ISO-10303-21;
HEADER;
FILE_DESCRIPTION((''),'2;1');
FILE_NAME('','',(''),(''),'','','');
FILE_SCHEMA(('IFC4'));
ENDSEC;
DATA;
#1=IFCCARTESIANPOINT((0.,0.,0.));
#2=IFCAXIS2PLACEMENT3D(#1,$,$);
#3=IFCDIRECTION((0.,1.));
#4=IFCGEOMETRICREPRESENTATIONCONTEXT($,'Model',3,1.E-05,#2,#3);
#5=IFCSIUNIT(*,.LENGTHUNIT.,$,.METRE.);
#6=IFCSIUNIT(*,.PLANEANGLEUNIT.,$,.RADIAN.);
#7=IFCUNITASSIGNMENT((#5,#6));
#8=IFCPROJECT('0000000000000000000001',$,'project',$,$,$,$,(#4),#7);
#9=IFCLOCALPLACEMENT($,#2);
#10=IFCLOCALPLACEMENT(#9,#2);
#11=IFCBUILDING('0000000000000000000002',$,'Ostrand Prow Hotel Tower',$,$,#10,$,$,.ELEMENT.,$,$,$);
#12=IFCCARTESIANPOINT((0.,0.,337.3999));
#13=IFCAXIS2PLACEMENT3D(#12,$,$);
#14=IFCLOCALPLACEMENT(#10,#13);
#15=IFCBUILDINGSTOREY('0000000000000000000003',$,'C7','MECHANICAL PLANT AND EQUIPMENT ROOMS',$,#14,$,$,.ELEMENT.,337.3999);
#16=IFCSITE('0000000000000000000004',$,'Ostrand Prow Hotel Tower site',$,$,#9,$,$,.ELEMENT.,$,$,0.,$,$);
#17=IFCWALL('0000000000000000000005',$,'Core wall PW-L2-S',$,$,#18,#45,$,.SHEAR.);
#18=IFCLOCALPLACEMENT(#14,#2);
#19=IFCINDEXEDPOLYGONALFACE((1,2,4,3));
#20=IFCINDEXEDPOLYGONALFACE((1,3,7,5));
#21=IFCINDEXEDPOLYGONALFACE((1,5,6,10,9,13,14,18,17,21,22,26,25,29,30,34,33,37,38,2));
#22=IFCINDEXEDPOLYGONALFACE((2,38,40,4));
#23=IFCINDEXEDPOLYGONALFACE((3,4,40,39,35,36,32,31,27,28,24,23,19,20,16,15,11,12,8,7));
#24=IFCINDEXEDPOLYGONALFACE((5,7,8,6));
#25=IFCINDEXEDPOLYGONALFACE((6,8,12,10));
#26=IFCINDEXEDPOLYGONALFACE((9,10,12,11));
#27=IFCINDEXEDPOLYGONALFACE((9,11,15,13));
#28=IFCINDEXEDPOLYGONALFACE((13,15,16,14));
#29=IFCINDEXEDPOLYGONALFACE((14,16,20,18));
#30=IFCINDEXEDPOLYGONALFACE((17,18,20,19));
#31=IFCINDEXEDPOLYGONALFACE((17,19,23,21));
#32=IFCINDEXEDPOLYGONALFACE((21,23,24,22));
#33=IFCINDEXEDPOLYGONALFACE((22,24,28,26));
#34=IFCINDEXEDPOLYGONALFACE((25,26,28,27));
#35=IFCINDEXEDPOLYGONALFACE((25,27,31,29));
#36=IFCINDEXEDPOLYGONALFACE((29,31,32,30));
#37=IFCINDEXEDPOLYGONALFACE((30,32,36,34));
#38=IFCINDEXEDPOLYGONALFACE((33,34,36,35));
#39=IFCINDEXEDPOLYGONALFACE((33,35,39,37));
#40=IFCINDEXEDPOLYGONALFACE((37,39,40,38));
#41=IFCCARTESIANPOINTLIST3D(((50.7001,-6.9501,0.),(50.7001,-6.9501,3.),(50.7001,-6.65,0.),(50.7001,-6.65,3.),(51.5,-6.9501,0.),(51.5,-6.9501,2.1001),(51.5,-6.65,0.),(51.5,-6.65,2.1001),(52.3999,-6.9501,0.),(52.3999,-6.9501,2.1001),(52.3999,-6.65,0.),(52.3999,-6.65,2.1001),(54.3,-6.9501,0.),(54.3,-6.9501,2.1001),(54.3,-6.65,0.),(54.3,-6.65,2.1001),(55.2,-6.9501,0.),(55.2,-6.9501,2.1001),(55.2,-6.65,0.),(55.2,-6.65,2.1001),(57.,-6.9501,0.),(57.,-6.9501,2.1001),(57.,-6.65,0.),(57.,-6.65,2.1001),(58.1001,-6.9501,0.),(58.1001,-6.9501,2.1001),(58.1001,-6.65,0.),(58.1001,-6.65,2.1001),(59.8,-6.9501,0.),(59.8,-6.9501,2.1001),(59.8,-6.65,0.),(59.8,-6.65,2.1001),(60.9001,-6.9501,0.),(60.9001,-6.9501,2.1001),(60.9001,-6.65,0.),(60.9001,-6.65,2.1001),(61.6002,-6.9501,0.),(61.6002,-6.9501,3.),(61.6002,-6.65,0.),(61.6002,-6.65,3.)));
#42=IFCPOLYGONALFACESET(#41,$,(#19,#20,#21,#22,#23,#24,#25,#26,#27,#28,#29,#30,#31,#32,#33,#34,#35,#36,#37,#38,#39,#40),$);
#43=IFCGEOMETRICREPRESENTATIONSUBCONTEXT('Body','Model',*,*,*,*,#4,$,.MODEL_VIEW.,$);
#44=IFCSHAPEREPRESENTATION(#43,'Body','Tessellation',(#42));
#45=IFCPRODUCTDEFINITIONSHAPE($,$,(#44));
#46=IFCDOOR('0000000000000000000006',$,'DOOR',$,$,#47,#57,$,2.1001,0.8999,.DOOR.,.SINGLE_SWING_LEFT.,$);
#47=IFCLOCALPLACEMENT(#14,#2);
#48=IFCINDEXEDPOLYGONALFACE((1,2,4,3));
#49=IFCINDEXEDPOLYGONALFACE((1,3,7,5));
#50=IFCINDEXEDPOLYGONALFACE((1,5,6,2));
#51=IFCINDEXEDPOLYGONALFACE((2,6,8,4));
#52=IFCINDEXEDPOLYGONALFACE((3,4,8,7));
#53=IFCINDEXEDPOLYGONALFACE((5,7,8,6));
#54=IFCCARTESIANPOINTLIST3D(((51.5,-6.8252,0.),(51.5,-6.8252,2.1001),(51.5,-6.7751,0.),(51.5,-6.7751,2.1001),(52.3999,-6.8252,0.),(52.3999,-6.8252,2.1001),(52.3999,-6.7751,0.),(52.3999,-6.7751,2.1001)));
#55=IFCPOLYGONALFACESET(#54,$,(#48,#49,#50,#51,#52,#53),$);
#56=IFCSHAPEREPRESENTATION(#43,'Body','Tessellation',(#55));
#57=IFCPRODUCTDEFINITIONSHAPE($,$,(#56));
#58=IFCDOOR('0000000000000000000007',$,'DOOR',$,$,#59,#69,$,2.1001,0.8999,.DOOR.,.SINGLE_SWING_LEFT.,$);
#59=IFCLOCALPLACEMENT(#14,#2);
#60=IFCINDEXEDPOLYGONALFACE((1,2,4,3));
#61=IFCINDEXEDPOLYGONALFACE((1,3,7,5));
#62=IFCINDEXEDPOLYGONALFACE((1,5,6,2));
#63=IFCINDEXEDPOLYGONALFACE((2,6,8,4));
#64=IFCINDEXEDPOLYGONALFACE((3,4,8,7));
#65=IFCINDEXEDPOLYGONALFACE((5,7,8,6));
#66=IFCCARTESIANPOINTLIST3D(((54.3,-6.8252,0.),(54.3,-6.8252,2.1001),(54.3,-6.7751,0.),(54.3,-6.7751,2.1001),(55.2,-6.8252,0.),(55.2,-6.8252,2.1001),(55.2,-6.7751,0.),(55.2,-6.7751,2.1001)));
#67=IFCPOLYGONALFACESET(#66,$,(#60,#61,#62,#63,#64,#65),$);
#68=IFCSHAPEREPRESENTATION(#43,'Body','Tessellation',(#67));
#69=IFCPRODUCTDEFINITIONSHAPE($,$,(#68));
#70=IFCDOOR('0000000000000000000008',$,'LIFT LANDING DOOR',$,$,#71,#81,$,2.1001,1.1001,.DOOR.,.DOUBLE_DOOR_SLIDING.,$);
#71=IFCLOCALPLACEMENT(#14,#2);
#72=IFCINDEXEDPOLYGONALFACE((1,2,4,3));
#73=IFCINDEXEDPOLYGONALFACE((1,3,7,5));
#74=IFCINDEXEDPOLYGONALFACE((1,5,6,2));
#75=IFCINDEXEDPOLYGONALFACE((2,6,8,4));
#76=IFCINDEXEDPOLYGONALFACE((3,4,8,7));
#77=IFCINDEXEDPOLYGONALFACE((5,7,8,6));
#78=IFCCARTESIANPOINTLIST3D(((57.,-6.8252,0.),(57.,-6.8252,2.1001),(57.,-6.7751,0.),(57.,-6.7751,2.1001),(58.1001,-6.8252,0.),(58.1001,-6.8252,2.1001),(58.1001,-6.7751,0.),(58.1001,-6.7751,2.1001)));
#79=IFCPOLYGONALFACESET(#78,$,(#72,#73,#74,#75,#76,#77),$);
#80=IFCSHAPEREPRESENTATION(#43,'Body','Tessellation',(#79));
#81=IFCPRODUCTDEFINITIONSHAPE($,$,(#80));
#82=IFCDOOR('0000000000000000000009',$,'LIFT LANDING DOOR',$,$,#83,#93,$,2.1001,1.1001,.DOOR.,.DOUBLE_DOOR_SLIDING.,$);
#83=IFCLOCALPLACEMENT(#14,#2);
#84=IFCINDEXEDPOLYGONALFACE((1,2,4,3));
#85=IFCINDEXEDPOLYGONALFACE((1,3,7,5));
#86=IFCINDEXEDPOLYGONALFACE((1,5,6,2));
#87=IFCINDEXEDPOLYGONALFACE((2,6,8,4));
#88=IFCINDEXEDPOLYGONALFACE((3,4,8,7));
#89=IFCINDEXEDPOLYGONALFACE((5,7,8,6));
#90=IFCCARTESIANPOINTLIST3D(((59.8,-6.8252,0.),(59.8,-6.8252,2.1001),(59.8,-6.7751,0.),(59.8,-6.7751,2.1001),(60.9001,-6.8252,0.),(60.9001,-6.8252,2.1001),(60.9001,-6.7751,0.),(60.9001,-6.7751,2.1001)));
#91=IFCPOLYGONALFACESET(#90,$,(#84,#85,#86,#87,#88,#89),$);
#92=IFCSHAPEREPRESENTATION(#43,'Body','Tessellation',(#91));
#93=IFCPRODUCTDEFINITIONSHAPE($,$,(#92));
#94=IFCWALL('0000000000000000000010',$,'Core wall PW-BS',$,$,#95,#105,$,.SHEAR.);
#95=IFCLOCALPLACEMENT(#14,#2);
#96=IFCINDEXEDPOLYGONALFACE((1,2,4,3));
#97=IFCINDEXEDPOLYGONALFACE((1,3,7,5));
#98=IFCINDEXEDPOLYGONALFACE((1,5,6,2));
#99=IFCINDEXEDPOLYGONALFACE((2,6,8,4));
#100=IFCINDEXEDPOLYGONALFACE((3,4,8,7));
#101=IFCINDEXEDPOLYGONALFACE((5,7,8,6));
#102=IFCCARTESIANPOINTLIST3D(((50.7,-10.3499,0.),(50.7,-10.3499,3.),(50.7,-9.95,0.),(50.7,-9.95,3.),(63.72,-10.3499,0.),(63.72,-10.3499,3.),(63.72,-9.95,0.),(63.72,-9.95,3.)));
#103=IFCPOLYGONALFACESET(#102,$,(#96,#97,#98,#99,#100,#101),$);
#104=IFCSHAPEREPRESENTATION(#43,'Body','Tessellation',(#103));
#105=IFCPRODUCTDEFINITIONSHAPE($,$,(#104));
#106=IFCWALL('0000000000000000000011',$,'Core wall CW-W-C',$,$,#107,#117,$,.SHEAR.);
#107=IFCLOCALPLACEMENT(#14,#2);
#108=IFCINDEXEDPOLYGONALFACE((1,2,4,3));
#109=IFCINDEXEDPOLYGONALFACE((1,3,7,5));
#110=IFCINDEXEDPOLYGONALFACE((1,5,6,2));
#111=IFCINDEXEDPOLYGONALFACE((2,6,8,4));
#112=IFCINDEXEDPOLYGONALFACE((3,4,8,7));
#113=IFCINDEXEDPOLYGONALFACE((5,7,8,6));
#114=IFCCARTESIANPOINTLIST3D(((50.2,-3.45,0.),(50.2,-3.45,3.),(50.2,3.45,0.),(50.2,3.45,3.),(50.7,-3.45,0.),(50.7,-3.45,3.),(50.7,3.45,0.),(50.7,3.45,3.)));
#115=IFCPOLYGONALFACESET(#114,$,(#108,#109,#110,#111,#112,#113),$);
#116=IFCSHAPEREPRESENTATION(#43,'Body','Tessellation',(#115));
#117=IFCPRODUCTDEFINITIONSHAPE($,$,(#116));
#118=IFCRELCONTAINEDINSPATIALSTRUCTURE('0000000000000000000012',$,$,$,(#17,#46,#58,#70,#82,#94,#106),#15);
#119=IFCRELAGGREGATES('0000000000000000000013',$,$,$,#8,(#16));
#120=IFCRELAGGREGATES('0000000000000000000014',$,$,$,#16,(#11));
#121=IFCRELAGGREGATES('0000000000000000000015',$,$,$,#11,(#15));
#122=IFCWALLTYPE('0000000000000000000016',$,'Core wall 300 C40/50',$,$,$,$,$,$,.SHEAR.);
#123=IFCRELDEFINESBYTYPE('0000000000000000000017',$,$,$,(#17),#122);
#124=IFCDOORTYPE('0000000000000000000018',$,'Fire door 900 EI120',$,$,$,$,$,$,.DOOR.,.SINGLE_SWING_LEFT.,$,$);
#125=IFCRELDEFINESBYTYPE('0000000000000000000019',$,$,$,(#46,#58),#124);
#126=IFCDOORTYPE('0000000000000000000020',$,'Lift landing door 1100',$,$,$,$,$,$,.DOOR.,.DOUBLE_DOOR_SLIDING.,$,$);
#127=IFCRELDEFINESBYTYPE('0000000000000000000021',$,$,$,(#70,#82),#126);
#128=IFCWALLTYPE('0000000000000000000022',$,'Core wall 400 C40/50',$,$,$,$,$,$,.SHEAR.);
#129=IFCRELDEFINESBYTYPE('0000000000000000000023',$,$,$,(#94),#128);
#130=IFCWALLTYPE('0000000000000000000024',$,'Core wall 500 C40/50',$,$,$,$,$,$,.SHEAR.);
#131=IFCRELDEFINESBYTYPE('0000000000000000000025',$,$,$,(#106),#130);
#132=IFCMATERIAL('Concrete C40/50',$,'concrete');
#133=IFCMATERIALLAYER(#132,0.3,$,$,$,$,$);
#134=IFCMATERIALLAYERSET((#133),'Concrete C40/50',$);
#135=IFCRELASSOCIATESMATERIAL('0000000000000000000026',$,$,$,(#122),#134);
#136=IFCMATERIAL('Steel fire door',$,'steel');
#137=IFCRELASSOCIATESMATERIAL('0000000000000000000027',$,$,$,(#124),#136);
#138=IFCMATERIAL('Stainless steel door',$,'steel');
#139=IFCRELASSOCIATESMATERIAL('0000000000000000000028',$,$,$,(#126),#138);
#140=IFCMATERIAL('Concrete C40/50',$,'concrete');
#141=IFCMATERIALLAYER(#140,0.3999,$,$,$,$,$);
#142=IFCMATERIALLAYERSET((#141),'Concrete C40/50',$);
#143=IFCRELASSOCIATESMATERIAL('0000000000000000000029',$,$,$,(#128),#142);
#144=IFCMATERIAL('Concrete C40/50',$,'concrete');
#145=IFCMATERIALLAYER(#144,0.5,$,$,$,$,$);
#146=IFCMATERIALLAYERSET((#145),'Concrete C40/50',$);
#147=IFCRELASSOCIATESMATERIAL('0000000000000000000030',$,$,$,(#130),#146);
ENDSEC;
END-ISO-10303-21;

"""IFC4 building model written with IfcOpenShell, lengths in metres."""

from ifc_helpers import new_model, si_unit, direction, frame, frame_2d, origin, place, context, subcontext, project, spatial, rectangle, extrude, material, layer, layer_set, type_object, element, fill, save


model = new_model("IFC4")

# Units and contexts
model_context = context("Model", 3, precision=1e-05, world=origin(), true_north=direction((0.0, 1.0)))
body_context = subcontext(model_context, "Body", "Model", "MODEL_VIEW")
ifc_project = project(units=[si_unit("LENGTHUNIT", "METRE"), si_unit("PLANEANGLEUNIT", "RADIAN")], contexts=[model_context])

# Site, building, storey
site_placement = place(None, origin())
site = spatial("IfcSite", under=ifc_project, at=site_placement, Name="Ostrand Prow Hotel Tower site", CompositionType="ELEMENT", RefElevation=0.0)
building_placement = place(site_placement, origin())
building = spatial("IfcBuilding", under=site, at=building_placement, Name="Ostrand Prow Hotel Tower", CompositionType="ELEMENT")
storey_placement = place(building_placement, frame((0.0, 0.0, 337.3999)))
storey = spatial("IfcBuildingStorey", under=building, at=storey_placement, Name="C7", Description="MECHANICAL PLANT AND EQUIPMENT ROOMS", CompositionType="ELEMENT", Elevation=337.3999)

# Wall, openings, doors
ifc_material_1 = material(Name="Concrete C40/50", Category="concrete")
ifc_layer_1 = layer(ifc_material_1, 0.3)
ifc_layer_set_1 = layer_set([ifc_layer_1], Name="Concrete C40/50")
wall_type_1 = type_object("IfcWallType", Name="Core wall 300 C40/50", PredefinedType="SHEAR", material=ifc_layer_set_1)
ifc_material_2 = material(Name="Steel fire door", Category="steel")
door_type_1 = type_object("IfcDoorType", Name="Fire door 900 EI120", OperationType="SINGLE_SWING_LEFT", PredefinedType="DOOR", material=ifc_material_2)
ifc_material_3 = material(Name="Stainless steel door", Category="steel")
door_type_2 = type_object("IfcDoorType", Name="Lift landing door 1100", OperationType="DOUBLE_DOOR_SLIDING", PredefinedType="DOOR", material=ifc_material_3)
wall_1_placement = place(storey_placement, frame((50.7, -6.8, 0.0), z_axis=(0.0, 0.0, 1.0), x_axis=(1.0, 0.0, 0.0)))
wall_1 = element("IfcWall", 1, at=wall_1_placement, inside=storey, type_object=wall_type_1, Name="Core wall PW-L2-S", PredefinedType="SHEAR", context=body_context, shape_type="SweptSolid", body=[
    extrude(rectangle(XDim=10.9001, YDim=0.3, at=frame_2d((5.4502, 0.0))), origin(), (0.0, 0.0, 1.0), 3.0),
])
opening_1_placement = place(wall_1_placement, frame((6.3, 0.0, 0.0)))
opening_1 = element("IfcOpeningElement", 2, at=opening_1_placement, cuts=wall_1, PredefinedType="OPENING", context=body_context, shape_type="SweptSolid", body=[
    extrude(rectangle(XDim=1.1001, YDim=2.1001, at=frame_2d((0.55, 1.05))), frame((0.0, 0.1599, 0.0), z_axis=(0.0, -1.0, 0.0), x_axis=(1.0, 0.0, 0.0)), (0.0, 0.0, 1.0), 0.3201),
])
opening_2_placement = place(wall_1_placement, frame((9.1001, 0.0, 0.0)))
opening_2 = element("IfcOpeningElement", 3, at=opening_2_placement, cuts=wall_1, PredefinedType="OPENING", context=body_context, shape_type="SweptSolid", body=[
    extrude(rectangle(XDim=1.1001, YDim=2.1001, at=frame_2d((0.55, 1.05))), frame((0.0, 0.1599, 0.0), z_axis=(0.0, -1.0, 0.0), x_axis=(1.0, 0.0, 0.0)), (0.0, 0.0, 1.0), 0.3201),
])
opening_3_placement = place(wall_1_placement, frame((0.8, 0.0, 0.0)))
opening_3 = element("IfcOpeningElement", 4, at=opening_3_placement, cuts=wall_1, PredefinedType="OPENING", context=body_context, shape_type="SweptSolid", body=[
    extrude(rectangle(XDim=0.8999, YDim=2.1001, at=frame_2d((0.45, 1.05))), frame((0.0, 0.1599, 0.0), z_axis=(0.0, -1.0, 0.0), x_axis=(1.0, 0.0, 0.0)), (0.0, 0.0, 1.0), 0.3201),
])
opening_4_placement = place(wall_1_placement, frame((3.6001, 0.0, 0.0)))
opening_4 = element("IfcOpeningElement", 5, at=opening_4_placement, cuts=wall_1, PredefinedType="OPENING", context=body_context, shape_type="SweptSolid", body=[
    extrude(rectangle(XDim=0.8999, YDim=2.1001, at=frame_2d((0.45, 1.05))), frame((0.0, 0.1599, 0.0), z_axis=(0.0, -1.0, 0.0), x_axis=(1.0, 0.0, 0.0)), (0.0, 0.0, 1.0), 0.3201),
])
door_1_placement = place(opening_3_placement, origin())
door_1 = element("IfcDoor", 6, at=door_1_placement, inside=storey, type_object=door_type_1, Name="DOOR", OperationType="SINGLE_SWING_LEFT", OverallHeight=2.1001, OverallWidth=0.8999, PredefinedType="DOOR", context=body_context, shape_type="SweptSolid", body=[
    extrude(rectangle(XDim=0.8999, YDim=2.1001, at=frame_2d((0.45, 1.05))), frame((0.0, 0.0249, 0.0), z_axis=(0.0, -1.0, 0.0), x_axis=(1.0, 0.0, 0.0)), (0.0, 0.0, 1.0), 0.05),
])
fill(opening_3, door_1)
door_2_placement = place(opening_4_placement, origin())
door_2 = element("IfcDoor", 7, at=door_2_placement, inside=storey, type_object=door_type_1, Name="DOOR", OperationType="SINGLE_SWING_LEFT", OverallHeight=2.1001, OverallWidth=0.8999, PredefinedType="DOOR", context=body_context, shape_type="SweptSolid", body=[
    extrude(rectangle(XDim=0.8999, YDim=2.1001, at=frame_2d((0.45, 1.05))), frame((0.0, 0.0249, 0.0), z_axis=(0.0, -1.0, 0.0), x_axis=(1.0, 0.0, 0.0)), (0.0, 0.0, 1.0), 0.05),
])
fill(opening_4, door_2)
door_3_placement = place(opening_1_placement, origin())
door_3 = element("IfcDoor", 8, at=door_3_placement, inside=storey, type_object=door_type_2, Name="LIFT LANDING DOOR", OperationType="DOUBLE_DOOR_SLIDING", OverallHeight=2.1001, OverallWidth=1.1001, PredefinedType="DOOR", context=body_context, shape_type="SweptSolid", body=[
    extrude(rectangle(XDim=1.1001, YDim=2.1001, at=frame_2d((0.55, 1.05))), frame((0.0, 0.0249, 0.0), z_axis=(0.0, -1.0, 0.0), x_axis=(1.0, 0.0, 0.0)), (0.0, 0.0, 1.0), 0.05),
])
fill(opening_1, door_3)
door_4_placement = place(opening_2_placement, origin())
door_4 = element("IfcDoor", 9, at=door_4_placement, inside=storey, type_object=door_type_2, Name="LIFT LANDING DOOR", OperationType="DOUBLE_DOOR_SLIDING", OverallHeight=2.1001, OverallWidth=1.1001, PredefinedType="DOOR", context=body_context, shape_type="SweptSolid", body=[
    extrude(rectangle(XDim=1.1001, YDim=2.1001, at=frame_2d((0.55, 1.05))), frame((0.0, 0.0249, 0.0), z_axis=(0.0, -1.0, 0.0), x_axis=(1.0, 0.0, 0.0)), (0.0, 0.0, 1.0), 0.05),
])
fill(opening_2, door_4)

# Walls
ifc_material_4 = material(Name="Concrete C40/50", Category="concrete")
ifc_layer_2 = layer(ifc_material_4, 0.3999)
ifc_layer_set_2 = layer_set([ifc_layer_2], Name="Concrete C40/50")
wall_type_2 = type_object("IfcWallType", Name="Core wall 400 C40/50", PredefinedType="SHEAR", material=ifc_layer_set_2)
wall_2_placement = place(storey_placement, frame((50.7, -10.1499, 0.0), z_axis=(0.0, 0.0, 1.0), x_axis=(1.0, 0.0, 0.0)))
element("IfcWall", 10, at=wall_2_placement, inside=storey, type_object=wall_type_2, Name="Core wall PW-BS", PredefinedType="SHEAR", context=body_context, shape_type="SweptSolid", body=[
    extrude(rectangle(XDim=13.02, YDim=0.3999, at=frame_2d((6.51, 0.0))), origin(), (0.0, 0.0, 1.0), 3.0),
])
ifc_material_5 = material(Name="Concrete C40/50", Category="concrete")
ifc_layer_3 = layer(ifc_material_5, 0.5)
ifc_layer_set_3 = layer_set([ifc_layer_3], Name="Concrete C40/50")
wall_type_3 = type_object("IfcWallType", Name="Core wall 500 C40/50", PredefinedType="SHEAR", material=ifc_layer_set_3)
wall_3_placement = place(storey_placement, frame((50.45, -3.45, 0.0), z_axis=(0.0, 0.0, 1.0), x_axis=(0.0, 1.0, 0.0)))
element("IfcWall", 11, at=wall_3_placement, inside=storey, type_object=wall_type_3, Name="Core wall CW-W-C", PredefinedType="SHEAR", context=body_context, shape_type="SweptSolid", body=[
    extrude(rectangle(XDim=6.8999, YDim=0.5, at=frame_2d((3.45, 0.0))), origin(), (0.0, 0.0, 1.0), 3.0),
])

save(model, "model.ifc")
